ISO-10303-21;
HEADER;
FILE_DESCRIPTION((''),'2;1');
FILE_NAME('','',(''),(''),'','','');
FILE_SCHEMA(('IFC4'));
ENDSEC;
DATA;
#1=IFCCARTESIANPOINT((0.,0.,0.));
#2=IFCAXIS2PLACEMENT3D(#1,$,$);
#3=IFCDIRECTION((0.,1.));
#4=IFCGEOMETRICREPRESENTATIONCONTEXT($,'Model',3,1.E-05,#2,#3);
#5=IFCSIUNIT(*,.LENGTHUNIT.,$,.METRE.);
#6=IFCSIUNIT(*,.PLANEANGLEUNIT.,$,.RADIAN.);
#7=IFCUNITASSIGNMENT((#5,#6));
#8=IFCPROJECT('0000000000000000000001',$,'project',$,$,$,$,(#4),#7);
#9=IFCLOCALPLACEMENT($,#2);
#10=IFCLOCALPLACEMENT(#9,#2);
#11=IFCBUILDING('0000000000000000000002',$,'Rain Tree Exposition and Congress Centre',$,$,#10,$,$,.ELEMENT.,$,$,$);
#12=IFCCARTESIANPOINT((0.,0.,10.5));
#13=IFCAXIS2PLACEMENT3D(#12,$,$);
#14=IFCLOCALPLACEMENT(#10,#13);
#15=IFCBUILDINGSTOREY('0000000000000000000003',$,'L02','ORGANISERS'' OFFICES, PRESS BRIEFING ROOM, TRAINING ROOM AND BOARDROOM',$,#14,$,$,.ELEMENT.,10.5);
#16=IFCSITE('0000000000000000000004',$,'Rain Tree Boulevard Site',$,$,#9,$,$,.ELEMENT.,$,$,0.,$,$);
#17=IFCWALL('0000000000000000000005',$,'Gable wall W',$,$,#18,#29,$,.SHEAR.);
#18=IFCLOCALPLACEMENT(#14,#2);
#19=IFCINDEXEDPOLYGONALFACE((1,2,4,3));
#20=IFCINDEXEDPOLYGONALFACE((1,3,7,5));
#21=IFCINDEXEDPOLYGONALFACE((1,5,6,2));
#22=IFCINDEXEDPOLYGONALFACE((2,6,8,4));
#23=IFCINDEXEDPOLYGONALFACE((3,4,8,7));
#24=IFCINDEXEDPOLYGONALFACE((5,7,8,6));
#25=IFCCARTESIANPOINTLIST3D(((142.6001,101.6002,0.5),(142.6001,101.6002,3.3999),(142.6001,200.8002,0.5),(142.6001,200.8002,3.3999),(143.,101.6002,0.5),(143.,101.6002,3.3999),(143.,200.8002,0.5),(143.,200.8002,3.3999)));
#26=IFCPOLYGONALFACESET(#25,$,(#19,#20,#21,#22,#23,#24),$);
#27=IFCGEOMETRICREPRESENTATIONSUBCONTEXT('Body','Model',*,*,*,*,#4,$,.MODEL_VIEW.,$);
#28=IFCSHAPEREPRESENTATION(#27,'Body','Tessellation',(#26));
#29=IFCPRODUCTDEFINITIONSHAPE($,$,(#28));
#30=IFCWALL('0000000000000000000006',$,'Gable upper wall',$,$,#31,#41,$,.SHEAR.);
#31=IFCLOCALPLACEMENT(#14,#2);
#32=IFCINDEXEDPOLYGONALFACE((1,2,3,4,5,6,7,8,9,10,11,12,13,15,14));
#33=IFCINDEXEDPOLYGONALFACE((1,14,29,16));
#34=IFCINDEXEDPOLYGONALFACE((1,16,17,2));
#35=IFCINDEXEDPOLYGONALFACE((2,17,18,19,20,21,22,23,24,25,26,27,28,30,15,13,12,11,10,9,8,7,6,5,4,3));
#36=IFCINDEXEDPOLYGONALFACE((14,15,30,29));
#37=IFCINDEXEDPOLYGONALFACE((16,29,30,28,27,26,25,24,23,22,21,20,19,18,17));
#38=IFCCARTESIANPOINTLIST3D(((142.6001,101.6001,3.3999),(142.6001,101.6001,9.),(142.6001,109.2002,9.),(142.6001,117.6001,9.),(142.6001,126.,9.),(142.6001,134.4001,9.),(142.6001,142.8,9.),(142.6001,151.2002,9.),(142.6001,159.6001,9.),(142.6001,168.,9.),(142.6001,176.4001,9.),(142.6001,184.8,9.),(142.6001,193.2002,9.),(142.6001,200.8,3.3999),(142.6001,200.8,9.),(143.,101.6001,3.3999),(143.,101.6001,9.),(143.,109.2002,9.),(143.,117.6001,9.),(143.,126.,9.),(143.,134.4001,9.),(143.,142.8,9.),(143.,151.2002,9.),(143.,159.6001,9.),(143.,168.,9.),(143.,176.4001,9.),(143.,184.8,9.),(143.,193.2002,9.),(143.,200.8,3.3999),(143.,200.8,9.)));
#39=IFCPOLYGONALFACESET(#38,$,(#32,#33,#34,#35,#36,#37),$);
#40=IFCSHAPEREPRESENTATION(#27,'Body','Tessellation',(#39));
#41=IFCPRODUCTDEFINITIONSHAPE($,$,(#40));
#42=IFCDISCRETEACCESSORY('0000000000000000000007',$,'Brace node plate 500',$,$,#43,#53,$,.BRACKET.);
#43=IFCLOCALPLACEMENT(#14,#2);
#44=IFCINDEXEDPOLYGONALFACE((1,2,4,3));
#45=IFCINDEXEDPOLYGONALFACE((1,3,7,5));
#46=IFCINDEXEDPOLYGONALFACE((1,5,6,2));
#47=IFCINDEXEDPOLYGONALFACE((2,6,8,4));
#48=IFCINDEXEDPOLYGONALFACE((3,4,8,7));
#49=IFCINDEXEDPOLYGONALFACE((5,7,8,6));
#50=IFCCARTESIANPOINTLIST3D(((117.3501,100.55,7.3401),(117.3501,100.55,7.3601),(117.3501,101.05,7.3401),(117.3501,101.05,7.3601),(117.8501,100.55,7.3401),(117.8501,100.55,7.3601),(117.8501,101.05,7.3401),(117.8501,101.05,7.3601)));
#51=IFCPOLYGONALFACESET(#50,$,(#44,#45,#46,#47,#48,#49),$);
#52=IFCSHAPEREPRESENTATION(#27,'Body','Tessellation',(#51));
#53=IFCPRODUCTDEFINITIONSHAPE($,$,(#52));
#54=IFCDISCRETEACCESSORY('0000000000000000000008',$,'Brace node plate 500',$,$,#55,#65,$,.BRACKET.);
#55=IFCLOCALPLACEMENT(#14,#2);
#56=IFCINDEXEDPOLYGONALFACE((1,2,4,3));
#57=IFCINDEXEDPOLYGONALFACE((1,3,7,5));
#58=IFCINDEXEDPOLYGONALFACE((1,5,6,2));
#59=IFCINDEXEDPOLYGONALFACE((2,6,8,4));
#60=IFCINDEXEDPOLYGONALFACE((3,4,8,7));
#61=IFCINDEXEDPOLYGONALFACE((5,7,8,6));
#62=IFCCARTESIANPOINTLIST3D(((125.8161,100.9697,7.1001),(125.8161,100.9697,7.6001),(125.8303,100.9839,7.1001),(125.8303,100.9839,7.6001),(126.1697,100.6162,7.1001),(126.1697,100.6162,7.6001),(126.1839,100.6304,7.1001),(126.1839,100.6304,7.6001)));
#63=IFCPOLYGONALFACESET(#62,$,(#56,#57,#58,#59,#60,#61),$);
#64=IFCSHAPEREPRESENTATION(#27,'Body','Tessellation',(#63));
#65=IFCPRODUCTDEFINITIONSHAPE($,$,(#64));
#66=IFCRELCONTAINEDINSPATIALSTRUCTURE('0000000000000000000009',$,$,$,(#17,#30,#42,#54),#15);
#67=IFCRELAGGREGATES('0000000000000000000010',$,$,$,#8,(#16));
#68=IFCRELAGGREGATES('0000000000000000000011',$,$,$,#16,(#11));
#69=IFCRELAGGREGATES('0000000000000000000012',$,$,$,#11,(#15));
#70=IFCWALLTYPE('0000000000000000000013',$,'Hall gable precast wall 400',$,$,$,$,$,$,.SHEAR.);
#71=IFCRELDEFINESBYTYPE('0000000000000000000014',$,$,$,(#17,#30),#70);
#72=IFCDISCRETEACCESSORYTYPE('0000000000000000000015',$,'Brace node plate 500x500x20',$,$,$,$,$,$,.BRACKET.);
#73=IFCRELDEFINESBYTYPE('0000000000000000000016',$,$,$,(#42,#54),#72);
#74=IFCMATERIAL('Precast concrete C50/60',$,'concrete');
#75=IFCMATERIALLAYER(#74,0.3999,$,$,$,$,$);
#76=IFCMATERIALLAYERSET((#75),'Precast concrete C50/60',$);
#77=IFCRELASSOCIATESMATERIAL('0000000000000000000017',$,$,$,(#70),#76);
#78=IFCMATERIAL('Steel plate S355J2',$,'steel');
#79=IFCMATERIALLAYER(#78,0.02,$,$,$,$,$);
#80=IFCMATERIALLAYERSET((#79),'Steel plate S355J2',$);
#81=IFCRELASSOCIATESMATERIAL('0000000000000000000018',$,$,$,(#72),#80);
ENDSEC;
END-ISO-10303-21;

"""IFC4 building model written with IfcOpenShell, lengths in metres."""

from ifc_helpers import new_model, si_unit, direction, frame, frame_2d, origin, origin_2d, place, context, subcontext, project, spatial, polyline, rectangle, outline, extrude, material, layer, layer_set, type_object, element, save


model = new_model("IFC4")

# Units and contexts
model_context = context("Model", 3, precision=1e-05, world=origin(), true_north=direction((0.0, 1.0)))
body_context = subcontext(model_context, "Body", "Model", "MODEL_VIEW")
ifc_project = project(units=[si_unit("LENGTHUNIT", "METRE"), si_unit("PLANEANGLEUNIT", "RADIAN")], contexts=[model_context])

# Site, building, storey
site_placement = place(None, origin())
site = spatial("IfcSite", under=ifc_project, at=site_placement, Name="Rain Tree Boulevard Site", CompositionType="ELEMENT", RefElevation=0.0)
building_placement = place(site_placement, origin())
building = spatial("IfcBuilding", under=site, at=building_placement, Name="Rain Tree Exposition and Congress Centre", CompositionType="ELEMENT")
storey_placement = place(building_placement, frame((0.0, 0.0, 10.5)))
storey = spatial("IfcBuildingStorey", under=building, at=storey_placement, Name="L02", Description="ORGANISERS' OFFICES, PRESS BRIEFING ROOM, TRAINING ROOM AND BOARDROOM", CompositionType="ELEMENT", Elevation=10.5)

# Walls
ifc_material_1 = material(Name="Precast concrete C50/60", Category="concrete")
ifc_layer_1 = layer(ifc_material_1, 0.3999)
ifc_layer_set_1 = layer_set([ifc_layer_1], Name="Precast concrete C50/60")
wall_type = type_object("IfcWallType", Name="Hall gable precast wall 400", PredefinedType="SHEAR", material=ifc_layer_set_1)
wall_1_placement = place(storey_placement, frame((142.8, 101.6001, 0.5), z_axis=(0.0, 0.0, 1.0), x_axis=(0.0, 1.0, 0.0)))
element("IfcWall", 1, at=wall_1_placement, inside=storey, type_object=wall_type, Name="Gable wall W", PredefinedType="SHEAR", context=body_context, shape_type="SweptSolid", body=[
    extrude(rectangle(XDim=99.2, YDim=0.3999, at=frame_2d((49.6001, 0.0))), origin(), (0.0, 0.0, 1.0), 2.8999),
])
wall_2_placement = place(storey_placement, frame((142.8, 101.6001, 3.3999), z_axis=(0.0, 0.0, 1.0), x_axis=(0.0, 1.0, 0.0)))
element("IfcWall", 2, at=wall_2_placement, inside=storey, type_object=wall_type, Name="Gable upper wall", PredefinedType="SHEAR", context=body_context, shape_type="SweptSolid", body=[
    extrude(outline(polyline([(0.0, 0.0), (99.2, 0.0), (99.2, 5.6001), (91.6001, 5.6001), (83.2, 5.6001), (74.8, 5.6001), (66.3999, 5.6001), (58.0, 5.6001), (49.6001, 5.6001), (41.2, 5.6001), (32.8, 5.6001), (24.3999, 5.6001), (16.0, 5.6001), (7.6001, 5.6001), (0.0, 5.6001), (0.0, 0.0)])), frame((0.0, 0.2, 0.0), z_axis=(0.0, -1.0, 0.0), x_axis=(1.0, 0.0, 0.0)), (0.0, 0.0, 1.0), 0.3999),
])

# Discrete accessories
ifc_material_2 = material(Name="Steel plate S355J2", Category="steel")
ifc_layer_2 = layer(ifc_material_2, 0.02)
ifc_layer_set_2 = layer_set([ifc_layer_2], Name="Steel plate S355J2")
discrete_accessory_type = type_object("IfcDiscreteAccessoryType", Name="Brace node plate 500x500x20", PredefinedType="BRACKET", material=ifc_layer_set_2)
discrete_accessory_1_placement = place(storey_placement, frame((117.6001, 100.8, 7.3401), z_axis=(0.0, 0.0, 1.0), x_axis=(1.0, 0.0, 0.0)))
element("IfcDiscreteAccessory", 3, at=discrete_accessory_1_placement, inside=storey, type_object=discrete_accessory_type, Name="Brace node plate 500", PredefinedType="BRACKET", context=body_context, shape_type="SweptSolid", body=[
    extrude(rectangle(XDim=0.5, YDim=0.5, at=origin_2d()), origin(), (0.0, 0.0, 1.0), 0.02),
])
discrete_accessory_2_placement = place(storey_placement, frame((126.0, 100.8, 7.1001), z_axis=(0.0, 0.0, 1.0), x_axis=(-0.707107, 0.707107, 0.0)))
element("IfcDiscreteAccessory", 4, at=discrete_accessory_2_placement, inside=storey, type_object=discrete_accessory_type, Name="Brace node plate 500", PredefinedType="BRACKET", context=body_context, shape_type="SweptSolid", body=[
    extrude(rectangle(XDim=0.5, YDim=0.02, at=origin_2d()), origin(), (0.0, 0.0, 1.0), 0.5),
])

save(model, "model.ifc")
